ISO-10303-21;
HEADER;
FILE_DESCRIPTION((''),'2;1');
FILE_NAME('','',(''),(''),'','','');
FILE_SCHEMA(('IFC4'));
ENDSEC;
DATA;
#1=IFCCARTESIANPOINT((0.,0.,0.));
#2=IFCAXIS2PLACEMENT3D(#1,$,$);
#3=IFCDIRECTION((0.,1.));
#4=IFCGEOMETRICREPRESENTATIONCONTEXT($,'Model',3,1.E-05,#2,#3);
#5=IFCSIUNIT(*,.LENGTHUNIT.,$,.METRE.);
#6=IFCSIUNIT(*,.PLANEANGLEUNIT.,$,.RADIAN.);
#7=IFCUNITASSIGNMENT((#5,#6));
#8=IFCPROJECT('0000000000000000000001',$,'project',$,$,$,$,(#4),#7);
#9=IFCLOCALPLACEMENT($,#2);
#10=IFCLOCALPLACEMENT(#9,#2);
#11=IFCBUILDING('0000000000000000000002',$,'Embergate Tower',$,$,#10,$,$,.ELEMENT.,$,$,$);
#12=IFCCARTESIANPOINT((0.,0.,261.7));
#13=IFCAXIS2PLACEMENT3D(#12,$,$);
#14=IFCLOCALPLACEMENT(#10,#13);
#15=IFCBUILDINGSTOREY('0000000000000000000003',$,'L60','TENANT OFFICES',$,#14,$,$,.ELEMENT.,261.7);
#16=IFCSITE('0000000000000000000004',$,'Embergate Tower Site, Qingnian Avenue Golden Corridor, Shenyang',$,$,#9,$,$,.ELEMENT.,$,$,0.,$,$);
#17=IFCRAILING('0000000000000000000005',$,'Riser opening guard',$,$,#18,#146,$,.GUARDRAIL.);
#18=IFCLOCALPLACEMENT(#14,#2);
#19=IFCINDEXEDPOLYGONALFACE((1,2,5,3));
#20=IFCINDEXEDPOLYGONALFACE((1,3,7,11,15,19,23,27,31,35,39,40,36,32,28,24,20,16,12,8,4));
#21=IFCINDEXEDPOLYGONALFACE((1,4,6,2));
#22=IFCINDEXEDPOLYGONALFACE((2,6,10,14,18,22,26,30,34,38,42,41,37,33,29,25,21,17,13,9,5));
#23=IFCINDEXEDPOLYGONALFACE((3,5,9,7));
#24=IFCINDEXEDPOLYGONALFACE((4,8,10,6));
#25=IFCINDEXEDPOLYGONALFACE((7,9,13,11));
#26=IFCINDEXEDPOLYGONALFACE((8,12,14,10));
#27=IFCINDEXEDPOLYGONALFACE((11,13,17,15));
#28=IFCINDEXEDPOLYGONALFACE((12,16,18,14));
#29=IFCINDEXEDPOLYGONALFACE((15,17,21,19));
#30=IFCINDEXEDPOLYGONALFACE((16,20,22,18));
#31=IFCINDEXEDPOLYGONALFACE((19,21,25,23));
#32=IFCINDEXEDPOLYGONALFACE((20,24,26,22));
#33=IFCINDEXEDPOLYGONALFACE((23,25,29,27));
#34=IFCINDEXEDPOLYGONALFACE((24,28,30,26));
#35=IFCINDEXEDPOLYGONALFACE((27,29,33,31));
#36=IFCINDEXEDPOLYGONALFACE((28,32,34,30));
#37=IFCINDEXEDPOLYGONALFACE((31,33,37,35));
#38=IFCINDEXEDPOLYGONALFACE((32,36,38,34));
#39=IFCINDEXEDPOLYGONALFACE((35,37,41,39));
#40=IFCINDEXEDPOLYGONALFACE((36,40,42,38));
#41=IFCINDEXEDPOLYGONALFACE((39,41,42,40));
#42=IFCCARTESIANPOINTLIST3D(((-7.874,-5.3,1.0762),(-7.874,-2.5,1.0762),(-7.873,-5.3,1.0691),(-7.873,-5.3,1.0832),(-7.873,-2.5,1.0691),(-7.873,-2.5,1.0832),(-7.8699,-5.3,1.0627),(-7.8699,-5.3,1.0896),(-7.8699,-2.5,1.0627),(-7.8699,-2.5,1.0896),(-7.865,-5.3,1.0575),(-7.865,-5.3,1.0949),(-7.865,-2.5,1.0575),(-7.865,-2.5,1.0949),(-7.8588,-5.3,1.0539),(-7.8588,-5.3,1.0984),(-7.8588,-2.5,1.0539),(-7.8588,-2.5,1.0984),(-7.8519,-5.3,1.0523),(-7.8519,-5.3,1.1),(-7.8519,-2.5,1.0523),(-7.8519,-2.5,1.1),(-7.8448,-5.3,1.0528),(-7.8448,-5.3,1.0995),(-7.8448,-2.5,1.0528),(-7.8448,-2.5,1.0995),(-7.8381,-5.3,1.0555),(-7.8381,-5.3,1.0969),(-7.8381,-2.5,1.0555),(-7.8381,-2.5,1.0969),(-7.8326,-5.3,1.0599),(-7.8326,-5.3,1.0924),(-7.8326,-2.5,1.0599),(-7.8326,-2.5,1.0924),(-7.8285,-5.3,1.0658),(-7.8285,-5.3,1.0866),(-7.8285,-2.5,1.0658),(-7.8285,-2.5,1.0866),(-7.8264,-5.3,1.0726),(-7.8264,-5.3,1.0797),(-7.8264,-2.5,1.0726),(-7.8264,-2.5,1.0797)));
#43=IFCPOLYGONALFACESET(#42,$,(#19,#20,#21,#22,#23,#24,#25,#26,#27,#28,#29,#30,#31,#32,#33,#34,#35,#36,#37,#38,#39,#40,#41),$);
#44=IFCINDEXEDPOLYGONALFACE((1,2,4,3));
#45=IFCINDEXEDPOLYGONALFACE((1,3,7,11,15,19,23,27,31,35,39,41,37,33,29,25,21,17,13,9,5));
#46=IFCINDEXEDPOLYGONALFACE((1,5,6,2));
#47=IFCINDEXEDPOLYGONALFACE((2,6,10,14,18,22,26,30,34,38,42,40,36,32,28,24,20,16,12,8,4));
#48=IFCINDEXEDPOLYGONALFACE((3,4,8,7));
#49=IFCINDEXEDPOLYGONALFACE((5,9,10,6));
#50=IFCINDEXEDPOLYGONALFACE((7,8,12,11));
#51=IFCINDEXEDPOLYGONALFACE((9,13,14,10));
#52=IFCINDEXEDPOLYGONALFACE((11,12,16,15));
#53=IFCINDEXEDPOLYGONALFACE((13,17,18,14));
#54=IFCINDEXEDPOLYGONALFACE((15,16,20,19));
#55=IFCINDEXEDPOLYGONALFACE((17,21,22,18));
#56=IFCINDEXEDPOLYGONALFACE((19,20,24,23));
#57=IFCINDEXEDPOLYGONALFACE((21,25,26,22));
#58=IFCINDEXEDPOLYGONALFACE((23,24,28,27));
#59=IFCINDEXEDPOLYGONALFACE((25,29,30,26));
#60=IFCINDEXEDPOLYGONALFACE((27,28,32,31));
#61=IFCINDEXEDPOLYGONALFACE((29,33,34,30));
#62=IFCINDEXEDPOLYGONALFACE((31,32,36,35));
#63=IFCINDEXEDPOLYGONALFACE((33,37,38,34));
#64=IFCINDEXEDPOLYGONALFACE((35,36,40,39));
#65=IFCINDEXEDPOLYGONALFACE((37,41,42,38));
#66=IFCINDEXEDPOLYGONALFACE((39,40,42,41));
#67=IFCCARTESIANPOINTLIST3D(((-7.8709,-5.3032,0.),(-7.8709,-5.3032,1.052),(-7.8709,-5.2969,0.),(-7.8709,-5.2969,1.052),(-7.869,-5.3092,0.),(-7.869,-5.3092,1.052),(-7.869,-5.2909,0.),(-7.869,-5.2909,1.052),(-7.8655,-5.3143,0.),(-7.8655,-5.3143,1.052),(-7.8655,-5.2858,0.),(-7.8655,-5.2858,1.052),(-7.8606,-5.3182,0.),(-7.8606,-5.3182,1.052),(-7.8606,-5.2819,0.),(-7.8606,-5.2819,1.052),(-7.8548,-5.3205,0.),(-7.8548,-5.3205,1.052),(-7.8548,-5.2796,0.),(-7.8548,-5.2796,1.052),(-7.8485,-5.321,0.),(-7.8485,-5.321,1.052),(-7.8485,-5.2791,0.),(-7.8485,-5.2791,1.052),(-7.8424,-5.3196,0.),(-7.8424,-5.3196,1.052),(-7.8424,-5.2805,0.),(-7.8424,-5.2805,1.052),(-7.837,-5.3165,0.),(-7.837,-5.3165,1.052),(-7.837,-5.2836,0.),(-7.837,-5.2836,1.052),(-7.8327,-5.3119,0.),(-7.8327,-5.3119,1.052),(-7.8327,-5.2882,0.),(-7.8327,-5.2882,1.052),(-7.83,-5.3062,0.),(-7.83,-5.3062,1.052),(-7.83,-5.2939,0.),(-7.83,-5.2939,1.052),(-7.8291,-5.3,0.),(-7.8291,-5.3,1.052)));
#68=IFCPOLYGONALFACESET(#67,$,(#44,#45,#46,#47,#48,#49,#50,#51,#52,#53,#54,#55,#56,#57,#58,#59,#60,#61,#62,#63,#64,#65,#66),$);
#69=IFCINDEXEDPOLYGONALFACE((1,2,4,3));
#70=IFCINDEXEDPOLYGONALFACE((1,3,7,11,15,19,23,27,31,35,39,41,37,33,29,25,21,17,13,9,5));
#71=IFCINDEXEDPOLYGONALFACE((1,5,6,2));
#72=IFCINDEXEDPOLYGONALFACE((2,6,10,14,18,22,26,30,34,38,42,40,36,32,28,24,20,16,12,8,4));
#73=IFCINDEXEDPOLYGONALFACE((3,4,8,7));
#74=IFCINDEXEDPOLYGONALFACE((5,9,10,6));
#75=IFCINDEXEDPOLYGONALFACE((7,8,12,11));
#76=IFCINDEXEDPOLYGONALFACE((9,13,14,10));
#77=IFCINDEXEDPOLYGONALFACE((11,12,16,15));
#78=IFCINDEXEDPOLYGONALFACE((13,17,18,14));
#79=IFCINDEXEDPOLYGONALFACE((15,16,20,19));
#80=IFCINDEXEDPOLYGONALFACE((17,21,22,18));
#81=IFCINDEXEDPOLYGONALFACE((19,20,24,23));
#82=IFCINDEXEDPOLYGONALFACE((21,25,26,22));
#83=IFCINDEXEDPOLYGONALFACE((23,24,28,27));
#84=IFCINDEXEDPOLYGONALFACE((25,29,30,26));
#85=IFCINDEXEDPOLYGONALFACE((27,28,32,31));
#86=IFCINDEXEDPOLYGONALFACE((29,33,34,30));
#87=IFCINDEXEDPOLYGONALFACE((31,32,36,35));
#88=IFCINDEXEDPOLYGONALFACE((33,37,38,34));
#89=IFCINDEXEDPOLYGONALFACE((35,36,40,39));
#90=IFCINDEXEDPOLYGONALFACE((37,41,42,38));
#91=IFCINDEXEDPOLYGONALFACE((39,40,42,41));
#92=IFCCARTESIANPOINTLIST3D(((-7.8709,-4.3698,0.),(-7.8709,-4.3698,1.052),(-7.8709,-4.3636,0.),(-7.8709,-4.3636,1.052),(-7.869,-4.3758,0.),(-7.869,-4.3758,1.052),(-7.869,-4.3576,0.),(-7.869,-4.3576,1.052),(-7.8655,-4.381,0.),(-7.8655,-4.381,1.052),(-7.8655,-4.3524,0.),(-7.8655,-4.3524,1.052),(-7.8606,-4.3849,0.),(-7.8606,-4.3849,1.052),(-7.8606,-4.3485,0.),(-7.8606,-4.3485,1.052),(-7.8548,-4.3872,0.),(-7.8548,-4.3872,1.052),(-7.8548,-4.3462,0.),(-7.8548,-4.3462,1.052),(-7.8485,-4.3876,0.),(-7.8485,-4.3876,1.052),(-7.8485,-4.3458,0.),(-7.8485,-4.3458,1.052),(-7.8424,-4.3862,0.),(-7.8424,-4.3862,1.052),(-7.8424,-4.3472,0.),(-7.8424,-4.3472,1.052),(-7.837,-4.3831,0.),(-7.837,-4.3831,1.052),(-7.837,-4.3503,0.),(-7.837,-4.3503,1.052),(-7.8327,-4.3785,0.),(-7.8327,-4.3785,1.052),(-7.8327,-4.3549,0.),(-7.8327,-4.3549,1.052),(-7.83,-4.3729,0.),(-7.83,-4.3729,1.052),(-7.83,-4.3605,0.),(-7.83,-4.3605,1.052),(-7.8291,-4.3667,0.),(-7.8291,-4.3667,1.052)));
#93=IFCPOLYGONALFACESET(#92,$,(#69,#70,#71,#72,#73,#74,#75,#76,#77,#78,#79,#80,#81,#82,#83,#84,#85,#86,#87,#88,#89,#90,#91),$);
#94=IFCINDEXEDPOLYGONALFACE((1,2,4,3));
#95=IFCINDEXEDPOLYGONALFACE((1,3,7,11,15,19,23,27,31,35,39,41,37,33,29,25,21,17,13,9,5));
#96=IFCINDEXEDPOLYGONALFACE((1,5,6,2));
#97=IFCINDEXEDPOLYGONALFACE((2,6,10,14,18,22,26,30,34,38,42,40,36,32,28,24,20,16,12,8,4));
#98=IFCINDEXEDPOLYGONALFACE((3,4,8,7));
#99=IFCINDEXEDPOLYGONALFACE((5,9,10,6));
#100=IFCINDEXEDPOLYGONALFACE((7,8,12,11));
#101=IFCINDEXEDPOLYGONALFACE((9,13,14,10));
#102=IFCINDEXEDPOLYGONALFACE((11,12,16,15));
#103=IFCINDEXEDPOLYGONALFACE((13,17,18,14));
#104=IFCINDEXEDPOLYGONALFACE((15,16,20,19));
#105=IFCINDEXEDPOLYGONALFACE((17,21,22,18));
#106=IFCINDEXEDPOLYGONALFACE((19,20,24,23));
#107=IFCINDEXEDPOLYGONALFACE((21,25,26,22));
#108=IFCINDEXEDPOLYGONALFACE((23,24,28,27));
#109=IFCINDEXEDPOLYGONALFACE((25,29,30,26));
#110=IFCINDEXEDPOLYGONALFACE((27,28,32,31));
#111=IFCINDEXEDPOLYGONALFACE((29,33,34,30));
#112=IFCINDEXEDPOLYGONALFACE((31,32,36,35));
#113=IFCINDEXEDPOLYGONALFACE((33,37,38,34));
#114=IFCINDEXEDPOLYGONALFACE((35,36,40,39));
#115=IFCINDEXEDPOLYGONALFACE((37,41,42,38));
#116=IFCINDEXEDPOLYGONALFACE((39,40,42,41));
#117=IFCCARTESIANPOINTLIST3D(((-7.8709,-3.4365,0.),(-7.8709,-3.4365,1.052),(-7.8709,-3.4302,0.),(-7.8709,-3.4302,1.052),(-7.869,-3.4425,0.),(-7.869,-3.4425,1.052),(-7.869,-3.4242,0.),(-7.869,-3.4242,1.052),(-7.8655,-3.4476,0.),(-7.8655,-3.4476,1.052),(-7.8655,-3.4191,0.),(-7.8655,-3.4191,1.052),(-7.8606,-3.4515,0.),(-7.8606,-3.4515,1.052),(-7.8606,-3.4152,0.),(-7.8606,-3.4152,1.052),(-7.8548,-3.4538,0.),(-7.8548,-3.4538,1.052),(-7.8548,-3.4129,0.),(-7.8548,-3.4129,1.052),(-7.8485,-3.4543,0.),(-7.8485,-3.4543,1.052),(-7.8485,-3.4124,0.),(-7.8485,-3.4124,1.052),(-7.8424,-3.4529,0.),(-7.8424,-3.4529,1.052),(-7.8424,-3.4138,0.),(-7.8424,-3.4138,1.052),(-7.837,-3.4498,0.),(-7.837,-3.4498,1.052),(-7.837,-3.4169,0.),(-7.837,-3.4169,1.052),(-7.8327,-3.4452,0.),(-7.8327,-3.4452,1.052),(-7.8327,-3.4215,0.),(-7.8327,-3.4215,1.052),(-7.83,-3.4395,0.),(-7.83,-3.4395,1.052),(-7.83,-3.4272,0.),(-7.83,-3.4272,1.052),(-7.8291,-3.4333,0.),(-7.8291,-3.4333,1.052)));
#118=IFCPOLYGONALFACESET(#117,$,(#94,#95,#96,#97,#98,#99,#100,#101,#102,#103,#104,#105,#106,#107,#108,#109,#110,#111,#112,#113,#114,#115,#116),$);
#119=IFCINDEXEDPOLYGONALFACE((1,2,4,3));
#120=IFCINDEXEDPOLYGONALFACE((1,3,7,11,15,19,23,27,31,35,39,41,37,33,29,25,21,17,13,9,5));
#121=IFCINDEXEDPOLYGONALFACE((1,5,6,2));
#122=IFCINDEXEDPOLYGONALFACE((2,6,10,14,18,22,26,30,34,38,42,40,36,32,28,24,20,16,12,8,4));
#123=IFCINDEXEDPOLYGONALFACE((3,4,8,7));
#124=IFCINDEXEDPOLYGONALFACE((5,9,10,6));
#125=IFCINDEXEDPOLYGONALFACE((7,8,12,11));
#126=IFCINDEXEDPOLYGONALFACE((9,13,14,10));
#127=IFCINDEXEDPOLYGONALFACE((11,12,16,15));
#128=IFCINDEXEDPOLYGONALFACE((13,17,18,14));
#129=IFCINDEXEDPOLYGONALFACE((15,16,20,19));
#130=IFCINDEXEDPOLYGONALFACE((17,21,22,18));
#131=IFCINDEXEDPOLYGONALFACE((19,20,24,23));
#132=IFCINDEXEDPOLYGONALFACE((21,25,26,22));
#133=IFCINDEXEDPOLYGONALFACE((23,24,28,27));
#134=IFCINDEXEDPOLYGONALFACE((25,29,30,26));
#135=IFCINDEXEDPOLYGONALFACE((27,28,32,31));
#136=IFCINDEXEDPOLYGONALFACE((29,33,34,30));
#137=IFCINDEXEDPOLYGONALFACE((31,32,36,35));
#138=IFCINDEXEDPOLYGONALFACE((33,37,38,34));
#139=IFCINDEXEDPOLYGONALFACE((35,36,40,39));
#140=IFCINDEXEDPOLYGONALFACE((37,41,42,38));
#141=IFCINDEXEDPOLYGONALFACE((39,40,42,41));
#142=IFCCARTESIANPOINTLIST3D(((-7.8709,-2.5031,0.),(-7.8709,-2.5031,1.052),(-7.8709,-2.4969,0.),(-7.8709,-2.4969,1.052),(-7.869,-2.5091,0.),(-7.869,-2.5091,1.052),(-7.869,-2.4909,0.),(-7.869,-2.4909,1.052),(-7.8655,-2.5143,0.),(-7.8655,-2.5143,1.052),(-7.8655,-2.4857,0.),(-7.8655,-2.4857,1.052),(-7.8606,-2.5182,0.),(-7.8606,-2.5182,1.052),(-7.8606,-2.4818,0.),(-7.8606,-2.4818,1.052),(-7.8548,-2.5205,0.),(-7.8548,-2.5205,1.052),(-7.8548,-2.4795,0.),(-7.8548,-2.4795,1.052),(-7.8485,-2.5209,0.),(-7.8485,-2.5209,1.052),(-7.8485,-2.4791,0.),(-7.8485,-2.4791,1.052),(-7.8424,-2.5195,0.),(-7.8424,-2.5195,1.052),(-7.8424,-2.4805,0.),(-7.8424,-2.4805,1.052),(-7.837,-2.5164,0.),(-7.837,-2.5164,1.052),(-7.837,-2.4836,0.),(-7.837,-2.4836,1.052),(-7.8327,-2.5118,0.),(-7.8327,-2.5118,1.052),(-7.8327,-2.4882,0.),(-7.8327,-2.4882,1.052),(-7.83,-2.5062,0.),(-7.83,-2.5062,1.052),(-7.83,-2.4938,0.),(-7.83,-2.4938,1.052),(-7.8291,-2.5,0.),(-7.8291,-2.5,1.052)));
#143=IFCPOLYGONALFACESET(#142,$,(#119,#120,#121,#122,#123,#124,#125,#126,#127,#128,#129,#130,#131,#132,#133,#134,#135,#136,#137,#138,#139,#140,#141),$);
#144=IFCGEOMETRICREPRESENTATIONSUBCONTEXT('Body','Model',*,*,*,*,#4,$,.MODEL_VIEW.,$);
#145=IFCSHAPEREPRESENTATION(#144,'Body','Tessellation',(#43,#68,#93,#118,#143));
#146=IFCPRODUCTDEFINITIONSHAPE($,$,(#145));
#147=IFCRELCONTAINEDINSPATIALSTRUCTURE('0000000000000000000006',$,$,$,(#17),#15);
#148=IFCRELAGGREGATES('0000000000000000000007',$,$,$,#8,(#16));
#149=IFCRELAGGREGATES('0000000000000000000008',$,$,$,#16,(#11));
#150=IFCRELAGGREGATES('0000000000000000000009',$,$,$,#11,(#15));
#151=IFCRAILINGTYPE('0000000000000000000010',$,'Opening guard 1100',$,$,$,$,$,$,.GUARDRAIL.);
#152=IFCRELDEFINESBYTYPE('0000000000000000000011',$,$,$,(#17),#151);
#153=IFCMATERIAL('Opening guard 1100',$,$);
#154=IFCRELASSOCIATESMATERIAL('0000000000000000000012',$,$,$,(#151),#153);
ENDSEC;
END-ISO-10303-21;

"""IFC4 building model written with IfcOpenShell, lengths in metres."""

from ifc_helpers import new_model, si_unit, direction, frame, origin, origin_2d, place, context, subcontext, project, spatial, circle, extrude, source, transform, mapped, material, type_object, element, save


model = new_model("IFC4")

# Units and contexts
model_context = context("Model", 3, precision=1e-05, world=origin(), true_north=direction((0.0, 1.0)))
body_context = subcontext(model_context, "Body", "Model", "MODEL_VIEW")
ifc_project = project(units=[si_unit("LENGTHUNIT", "METRE"), si_unit("PLANEANGLEUNIT", "RADIAN")], contexts=[model_context])

# Site, building, storey
site_placement = place(None, origin())
site = spatial("IfcSite", under=ifc_project, at=site_placement, Name="Embergate Tower Site, Qingnian Avenue Golden Corridor, Shenyang", CompositionType="ELEMENT", RefElevation=0.0)
building_placement = place(site_placement, origin())
building = spatial("IfcBuilding", under=site, at=building_placement, Name="Embergate Tower", CompositionType="ELEMENT")
storey_placement = place(building_placement, frame((0.0, 0.0, 261.7)))
storey = spatial("IfcBuildingStorey", under=building, at=storey_placement, Name="L60", Description="TENANT OFFICES", CompositionType="ELEMENT", Elevation=261.7)

# Railing
ifc_material_1 = material(Name="Opening guard 1100")
railing_type_1 = type_object("IfcRailingType", Name="Opening guard 1100", PredefinedType="GUARDRAIL", material=ifc_material_1)
shared_shape_1 = source(origin(), body_context, "Body", "SweptSolid", [
    extrude(circle(Radius=0.0239, at=origin_2d()), frame((0.0, 0.0, 1.0762), z_axis=(0.0, 1.0, 0.0), x_axis=(-1.0, 0.0, 0.0)), (0.0, 0.0, 1.0), 2.8),
    extrude(circle(Radius=0.021, at=origin_2d()), origin(), (0.0, 0.0, 1.0), 1.052),
    extrude(circle(Radius=0.021, at=origin_2d()), frame((0.0, 0.9333, 0.0)), (0.0, 0.0, 1.0), 1.052),
    extrude(circle(Radius=0.021, at=origin_2d()), frame((0.0, 1.8667, 0.0)), (0.0, 0.0, 1.0), 1.052),
    extrude(circle(Radius=0.021, at=origin_2d()), frame((0.0, 2.8, 0.0)), (0.0, 0.0, 1.0), 1.052),
])
railing_1_placement = place(storey_placement, frame((-7.8501, -5.3, 0.0)))
element("IfcRailing", 1, at=railing_1_placement, inside=storey, type_object=railing_type_1, Name="Riser opening guard", PredefinedType="GUARDRAIL", context=body_context, shape_type="MappedRepresentation", body=[
    mapped(shared_shape_1, transform((0.0, 0.0, 0.0))),
])

save(model, "model.ifc")
